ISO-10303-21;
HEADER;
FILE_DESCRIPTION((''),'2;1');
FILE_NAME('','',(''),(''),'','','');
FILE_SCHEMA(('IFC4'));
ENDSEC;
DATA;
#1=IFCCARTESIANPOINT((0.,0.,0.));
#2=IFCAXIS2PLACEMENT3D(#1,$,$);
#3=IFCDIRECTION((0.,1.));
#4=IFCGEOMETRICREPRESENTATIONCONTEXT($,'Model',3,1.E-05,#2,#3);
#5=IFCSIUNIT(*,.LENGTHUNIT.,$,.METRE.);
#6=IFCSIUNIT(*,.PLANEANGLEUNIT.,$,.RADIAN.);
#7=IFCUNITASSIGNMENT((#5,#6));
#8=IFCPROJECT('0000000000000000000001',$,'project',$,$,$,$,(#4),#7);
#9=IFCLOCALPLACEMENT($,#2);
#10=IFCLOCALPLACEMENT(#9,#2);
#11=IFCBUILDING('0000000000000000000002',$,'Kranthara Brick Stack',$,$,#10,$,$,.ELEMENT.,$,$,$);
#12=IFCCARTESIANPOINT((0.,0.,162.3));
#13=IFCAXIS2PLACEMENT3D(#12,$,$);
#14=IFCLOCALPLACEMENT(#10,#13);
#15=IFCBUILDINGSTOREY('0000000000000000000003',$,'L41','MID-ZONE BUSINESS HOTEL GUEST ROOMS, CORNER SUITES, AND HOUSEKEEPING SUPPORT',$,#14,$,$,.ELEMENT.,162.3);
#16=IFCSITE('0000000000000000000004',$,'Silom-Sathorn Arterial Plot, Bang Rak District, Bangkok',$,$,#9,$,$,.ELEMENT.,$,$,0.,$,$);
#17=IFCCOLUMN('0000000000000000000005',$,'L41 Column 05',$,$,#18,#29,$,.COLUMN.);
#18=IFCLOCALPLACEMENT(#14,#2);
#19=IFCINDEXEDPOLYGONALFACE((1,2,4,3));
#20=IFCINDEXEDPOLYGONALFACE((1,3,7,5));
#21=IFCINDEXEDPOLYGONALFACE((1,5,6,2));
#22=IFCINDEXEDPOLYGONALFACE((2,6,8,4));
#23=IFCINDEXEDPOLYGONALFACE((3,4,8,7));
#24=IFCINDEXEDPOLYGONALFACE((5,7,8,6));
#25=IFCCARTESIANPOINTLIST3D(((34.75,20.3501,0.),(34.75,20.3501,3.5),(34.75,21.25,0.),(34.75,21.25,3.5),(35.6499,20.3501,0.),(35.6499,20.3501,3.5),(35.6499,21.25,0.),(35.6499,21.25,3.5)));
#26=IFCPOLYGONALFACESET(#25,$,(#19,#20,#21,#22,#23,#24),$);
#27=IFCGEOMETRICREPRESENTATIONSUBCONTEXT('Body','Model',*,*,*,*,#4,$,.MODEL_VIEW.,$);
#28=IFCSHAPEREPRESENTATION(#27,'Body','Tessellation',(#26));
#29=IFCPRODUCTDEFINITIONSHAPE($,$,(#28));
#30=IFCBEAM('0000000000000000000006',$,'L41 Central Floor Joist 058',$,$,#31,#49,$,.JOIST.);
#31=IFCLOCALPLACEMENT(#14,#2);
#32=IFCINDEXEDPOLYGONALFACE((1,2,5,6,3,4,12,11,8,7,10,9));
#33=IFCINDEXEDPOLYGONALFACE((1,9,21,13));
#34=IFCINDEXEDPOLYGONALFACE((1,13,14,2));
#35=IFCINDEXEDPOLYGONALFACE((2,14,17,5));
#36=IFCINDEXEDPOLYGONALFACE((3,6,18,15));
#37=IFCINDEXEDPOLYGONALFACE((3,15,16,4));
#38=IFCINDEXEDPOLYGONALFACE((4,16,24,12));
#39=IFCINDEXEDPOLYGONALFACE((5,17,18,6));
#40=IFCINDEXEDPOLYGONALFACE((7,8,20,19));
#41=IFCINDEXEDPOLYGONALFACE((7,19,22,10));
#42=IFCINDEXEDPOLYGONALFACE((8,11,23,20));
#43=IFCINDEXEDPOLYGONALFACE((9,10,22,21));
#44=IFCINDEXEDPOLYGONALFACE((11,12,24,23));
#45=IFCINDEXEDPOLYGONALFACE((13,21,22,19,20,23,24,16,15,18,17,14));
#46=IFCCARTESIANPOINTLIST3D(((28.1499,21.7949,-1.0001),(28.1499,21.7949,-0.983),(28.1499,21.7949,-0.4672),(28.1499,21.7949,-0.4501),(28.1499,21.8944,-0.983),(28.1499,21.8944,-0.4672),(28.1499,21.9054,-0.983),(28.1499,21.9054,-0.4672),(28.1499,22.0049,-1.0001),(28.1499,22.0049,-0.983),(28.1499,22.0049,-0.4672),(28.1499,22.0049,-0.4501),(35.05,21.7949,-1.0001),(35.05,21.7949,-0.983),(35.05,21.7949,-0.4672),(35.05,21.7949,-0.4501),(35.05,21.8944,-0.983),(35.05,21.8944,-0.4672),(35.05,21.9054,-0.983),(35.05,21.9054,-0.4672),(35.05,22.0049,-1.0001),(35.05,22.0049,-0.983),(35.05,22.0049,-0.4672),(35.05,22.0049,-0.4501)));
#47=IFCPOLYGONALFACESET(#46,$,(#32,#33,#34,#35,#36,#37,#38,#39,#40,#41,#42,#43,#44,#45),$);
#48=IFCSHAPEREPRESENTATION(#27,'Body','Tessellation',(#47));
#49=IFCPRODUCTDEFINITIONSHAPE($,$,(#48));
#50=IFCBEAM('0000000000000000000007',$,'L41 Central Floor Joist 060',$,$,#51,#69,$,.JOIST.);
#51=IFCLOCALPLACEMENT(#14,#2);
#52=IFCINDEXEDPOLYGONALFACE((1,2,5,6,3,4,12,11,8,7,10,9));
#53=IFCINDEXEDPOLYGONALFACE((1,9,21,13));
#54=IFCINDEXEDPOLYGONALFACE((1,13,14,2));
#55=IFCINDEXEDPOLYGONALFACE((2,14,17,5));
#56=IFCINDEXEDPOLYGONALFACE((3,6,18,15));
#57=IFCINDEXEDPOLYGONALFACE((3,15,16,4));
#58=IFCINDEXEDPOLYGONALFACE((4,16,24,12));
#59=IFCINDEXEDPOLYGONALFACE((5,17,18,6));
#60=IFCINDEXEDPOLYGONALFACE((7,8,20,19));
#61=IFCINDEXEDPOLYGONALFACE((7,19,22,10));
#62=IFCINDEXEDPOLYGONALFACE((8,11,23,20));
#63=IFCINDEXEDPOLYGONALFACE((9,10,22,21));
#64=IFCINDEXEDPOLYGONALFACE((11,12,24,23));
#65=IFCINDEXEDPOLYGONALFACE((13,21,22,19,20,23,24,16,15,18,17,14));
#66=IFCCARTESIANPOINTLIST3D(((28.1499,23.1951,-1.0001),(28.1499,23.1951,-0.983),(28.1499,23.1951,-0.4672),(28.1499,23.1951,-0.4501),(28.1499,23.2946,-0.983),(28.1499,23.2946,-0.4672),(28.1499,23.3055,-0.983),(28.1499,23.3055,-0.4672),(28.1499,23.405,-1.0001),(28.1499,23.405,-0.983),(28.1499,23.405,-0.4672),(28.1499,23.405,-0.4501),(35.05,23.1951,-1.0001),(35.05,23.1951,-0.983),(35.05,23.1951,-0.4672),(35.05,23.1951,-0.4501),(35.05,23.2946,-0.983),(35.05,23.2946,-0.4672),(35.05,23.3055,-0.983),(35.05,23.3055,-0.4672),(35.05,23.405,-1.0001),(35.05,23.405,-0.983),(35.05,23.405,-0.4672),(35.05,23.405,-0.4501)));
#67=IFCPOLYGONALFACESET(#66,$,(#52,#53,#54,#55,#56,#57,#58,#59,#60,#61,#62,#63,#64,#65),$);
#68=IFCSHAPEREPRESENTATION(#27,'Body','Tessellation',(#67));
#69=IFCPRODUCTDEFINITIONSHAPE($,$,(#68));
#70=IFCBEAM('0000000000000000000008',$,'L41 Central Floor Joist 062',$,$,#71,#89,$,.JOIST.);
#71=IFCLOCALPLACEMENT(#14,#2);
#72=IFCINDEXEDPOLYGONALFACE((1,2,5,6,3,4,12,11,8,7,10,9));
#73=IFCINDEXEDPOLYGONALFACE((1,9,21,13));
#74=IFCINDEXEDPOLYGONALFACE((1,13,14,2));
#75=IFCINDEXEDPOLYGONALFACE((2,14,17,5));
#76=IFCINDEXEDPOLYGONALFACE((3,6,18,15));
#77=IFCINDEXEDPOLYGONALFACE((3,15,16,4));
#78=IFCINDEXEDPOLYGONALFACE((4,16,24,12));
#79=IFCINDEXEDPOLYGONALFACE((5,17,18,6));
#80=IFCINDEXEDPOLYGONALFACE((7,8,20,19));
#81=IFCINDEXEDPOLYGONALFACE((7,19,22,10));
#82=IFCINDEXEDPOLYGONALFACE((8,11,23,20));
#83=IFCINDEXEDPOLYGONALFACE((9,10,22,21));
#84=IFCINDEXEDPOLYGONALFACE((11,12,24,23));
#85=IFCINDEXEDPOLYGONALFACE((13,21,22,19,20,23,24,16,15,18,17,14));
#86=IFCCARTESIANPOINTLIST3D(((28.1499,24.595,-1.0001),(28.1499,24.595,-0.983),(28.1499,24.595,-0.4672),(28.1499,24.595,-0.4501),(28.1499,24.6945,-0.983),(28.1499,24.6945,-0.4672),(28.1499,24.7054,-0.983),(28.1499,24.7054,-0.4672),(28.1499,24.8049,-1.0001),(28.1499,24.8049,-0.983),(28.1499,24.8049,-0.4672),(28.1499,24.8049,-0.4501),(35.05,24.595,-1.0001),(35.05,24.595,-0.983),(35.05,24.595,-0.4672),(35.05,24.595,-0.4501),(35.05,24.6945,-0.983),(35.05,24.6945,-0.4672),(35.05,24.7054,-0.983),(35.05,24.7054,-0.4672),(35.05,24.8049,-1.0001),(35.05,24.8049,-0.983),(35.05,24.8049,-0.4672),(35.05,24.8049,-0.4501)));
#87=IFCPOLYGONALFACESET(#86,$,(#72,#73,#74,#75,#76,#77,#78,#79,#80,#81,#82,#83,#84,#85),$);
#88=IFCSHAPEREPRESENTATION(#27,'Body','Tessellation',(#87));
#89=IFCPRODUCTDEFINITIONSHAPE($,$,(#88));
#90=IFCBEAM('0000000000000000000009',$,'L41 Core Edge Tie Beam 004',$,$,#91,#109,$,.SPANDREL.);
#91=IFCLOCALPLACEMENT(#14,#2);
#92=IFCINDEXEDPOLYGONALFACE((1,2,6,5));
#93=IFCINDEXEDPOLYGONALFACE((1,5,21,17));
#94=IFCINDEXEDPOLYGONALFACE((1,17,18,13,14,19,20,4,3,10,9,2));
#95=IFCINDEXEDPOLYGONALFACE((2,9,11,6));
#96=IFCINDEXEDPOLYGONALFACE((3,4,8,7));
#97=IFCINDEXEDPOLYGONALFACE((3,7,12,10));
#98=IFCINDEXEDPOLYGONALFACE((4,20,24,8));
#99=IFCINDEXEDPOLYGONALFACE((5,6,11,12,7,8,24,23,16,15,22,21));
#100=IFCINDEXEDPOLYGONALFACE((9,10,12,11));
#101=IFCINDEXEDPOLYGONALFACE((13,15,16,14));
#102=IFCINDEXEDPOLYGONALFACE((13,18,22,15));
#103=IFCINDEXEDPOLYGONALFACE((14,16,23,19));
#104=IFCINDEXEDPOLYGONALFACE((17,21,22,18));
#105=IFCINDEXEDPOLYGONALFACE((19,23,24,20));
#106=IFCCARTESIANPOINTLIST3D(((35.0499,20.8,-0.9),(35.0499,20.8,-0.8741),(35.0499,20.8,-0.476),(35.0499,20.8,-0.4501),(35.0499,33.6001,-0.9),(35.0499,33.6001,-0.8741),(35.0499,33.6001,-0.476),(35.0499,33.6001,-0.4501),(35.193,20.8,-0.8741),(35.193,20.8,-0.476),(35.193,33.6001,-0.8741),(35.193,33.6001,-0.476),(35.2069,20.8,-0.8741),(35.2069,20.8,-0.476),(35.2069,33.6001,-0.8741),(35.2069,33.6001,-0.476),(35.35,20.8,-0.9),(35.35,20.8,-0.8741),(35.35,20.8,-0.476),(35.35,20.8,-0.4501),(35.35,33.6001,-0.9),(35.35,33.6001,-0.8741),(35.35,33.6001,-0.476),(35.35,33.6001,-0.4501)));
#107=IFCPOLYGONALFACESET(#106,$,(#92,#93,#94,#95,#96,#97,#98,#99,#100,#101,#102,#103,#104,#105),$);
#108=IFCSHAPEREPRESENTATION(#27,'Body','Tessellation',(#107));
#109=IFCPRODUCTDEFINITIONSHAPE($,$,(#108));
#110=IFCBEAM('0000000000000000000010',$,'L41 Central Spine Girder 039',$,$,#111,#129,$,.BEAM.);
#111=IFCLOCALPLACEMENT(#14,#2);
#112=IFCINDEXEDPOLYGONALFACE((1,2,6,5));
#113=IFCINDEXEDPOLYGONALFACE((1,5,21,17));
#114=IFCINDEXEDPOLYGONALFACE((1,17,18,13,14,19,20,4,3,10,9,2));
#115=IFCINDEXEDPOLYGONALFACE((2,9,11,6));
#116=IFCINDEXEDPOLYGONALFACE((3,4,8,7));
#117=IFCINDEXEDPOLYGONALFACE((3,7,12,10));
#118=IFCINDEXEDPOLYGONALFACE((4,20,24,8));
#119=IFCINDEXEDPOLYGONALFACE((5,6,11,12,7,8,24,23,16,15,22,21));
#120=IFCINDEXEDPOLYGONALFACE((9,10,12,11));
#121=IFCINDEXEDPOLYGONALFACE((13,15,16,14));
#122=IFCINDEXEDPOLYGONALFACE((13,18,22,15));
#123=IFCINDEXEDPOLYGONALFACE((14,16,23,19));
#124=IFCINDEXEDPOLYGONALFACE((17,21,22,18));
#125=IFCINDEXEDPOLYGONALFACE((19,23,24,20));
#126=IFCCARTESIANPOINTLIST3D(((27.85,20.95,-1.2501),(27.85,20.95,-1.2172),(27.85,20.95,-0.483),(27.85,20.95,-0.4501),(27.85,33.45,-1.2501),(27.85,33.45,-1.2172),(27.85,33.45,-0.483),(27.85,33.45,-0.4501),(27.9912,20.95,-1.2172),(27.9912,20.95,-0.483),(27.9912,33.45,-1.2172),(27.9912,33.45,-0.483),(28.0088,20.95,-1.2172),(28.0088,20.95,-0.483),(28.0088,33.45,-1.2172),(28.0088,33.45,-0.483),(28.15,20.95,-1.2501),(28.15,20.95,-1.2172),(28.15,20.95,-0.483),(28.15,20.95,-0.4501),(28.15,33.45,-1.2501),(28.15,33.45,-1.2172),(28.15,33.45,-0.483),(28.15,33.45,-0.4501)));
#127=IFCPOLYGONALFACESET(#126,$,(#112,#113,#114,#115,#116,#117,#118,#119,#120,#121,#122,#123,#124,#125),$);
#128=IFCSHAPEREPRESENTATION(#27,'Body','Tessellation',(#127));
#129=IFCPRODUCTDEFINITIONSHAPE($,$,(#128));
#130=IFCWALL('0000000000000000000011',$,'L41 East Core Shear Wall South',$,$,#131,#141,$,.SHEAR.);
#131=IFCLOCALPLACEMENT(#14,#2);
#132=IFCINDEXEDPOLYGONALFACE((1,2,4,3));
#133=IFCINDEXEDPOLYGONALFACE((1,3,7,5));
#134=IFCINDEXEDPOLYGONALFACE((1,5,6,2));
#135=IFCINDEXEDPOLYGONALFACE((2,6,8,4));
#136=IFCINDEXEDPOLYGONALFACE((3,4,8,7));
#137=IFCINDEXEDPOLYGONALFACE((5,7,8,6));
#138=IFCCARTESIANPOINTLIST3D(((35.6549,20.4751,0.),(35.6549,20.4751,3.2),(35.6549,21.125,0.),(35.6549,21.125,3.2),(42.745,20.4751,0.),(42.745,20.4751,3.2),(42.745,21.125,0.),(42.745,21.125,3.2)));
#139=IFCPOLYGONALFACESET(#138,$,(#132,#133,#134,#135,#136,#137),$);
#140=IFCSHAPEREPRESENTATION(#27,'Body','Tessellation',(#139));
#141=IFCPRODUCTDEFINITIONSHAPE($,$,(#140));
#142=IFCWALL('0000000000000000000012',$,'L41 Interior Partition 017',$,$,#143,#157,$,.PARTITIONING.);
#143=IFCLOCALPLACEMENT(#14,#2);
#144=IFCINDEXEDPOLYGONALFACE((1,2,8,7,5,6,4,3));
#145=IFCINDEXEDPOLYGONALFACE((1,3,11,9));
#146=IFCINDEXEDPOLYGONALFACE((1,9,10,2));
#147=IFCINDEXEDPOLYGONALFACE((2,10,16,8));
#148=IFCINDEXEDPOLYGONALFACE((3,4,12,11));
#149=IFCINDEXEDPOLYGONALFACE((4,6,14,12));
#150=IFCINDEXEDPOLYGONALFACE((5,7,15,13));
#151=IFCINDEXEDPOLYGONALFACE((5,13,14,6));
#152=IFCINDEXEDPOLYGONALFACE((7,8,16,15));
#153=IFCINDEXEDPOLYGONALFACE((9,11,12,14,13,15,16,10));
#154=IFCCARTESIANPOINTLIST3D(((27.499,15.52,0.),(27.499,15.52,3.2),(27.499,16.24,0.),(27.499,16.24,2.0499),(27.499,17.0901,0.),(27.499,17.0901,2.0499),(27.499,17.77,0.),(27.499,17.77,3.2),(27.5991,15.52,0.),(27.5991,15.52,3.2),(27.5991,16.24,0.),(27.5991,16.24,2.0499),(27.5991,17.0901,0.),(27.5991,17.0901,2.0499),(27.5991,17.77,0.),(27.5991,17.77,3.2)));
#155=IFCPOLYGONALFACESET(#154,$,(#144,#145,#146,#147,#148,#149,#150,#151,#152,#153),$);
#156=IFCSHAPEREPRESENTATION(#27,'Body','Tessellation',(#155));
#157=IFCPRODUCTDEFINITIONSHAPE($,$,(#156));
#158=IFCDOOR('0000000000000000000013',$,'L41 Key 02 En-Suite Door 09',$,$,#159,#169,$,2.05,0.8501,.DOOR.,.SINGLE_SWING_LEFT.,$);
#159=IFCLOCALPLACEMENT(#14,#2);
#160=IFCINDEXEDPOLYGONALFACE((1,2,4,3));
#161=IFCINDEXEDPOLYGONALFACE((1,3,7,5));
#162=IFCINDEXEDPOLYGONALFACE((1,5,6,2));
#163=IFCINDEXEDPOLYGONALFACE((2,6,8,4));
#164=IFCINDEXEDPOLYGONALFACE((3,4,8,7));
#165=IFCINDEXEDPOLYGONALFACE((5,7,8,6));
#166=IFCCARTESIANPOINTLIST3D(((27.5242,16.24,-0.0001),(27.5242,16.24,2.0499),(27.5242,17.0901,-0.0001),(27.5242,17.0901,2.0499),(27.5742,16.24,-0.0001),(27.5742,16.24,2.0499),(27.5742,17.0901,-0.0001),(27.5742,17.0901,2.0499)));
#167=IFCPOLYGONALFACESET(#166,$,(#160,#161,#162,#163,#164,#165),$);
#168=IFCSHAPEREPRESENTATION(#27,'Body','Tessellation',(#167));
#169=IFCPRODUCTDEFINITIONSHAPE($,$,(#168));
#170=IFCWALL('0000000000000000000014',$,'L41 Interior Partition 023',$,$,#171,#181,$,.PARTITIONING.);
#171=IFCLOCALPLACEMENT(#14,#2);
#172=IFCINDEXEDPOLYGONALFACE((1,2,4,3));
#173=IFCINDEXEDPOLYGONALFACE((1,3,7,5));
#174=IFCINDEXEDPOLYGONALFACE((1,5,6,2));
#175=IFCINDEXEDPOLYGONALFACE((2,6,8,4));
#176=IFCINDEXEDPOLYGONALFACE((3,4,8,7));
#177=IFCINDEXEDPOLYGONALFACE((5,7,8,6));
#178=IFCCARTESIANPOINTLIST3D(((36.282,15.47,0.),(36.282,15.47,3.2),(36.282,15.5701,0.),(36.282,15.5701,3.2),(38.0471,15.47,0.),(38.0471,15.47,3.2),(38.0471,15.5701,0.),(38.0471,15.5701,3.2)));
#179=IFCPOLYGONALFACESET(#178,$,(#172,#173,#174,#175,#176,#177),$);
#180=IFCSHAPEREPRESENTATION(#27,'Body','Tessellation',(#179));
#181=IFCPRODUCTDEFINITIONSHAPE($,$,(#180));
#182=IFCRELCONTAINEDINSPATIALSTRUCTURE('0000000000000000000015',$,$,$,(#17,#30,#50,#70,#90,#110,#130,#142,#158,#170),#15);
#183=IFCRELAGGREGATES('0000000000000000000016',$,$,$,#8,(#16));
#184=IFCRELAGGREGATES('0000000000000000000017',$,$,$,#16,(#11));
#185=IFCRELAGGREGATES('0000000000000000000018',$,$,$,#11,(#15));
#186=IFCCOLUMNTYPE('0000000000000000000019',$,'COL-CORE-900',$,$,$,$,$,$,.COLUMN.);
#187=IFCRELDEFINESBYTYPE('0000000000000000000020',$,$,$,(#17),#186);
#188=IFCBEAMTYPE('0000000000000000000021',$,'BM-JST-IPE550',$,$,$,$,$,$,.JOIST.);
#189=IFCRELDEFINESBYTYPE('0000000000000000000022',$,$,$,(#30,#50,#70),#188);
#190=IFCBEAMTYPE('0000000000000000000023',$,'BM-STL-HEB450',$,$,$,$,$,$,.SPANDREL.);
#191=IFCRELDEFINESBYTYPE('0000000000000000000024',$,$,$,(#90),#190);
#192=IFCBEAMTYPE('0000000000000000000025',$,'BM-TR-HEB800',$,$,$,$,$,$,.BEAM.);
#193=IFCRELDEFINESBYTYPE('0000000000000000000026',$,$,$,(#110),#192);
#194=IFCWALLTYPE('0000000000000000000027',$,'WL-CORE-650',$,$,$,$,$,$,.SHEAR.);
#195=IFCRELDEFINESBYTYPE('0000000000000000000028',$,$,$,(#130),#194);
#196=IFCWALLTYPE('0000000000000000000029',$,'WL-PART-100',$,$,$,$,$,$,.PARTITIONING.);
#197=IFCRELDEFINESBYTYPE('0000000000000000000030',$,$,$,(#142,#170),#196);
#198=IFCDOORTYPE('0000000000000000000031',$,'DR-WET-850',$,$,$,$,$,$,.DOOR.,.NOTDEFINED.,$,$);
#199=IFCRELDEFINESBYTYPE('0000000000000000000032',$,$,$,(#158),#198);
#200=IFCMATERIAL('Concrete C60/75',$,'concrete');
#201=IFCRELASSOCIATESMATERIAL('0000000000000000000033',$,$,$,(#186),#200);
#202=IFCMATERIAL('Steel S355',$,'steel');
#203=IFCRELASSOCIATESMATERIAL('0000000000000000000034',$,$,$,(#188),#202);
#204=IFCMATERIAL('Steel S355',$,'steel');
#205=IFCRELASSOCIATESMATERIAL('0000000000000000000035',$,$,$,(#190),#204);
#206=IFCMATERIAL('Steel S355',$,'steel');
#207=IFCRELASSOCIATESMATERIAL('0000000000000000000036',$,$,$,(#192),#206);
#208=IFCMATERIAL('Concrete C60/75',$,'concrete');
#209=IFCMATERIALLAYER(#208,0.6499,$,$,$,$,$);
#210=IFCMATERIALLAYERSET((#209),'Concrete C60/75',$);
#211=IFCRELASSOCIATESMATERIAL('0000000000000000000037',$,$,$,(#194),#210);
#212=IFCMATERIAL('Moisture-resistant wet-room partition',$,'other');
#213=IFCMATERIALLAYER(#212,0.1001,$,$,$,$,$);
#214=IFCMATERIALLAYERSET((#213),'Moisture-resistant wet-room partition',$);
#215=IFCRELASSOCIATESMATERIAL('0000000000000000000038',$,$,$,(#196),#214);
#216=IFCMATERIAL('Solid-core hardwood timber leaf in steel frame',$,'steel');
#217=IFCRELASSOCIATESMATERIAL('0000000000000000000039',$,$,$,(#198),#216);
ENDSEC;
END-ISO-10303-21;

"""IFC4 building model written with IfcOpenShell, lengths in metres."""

from ifc_helpers import new_model, si_unit, direction, frame, frame_2d, origin, origin_2d, place, context, subcontext, project, spatial, rectangle, i_section, extrude, material, layer, layer_set, material_profile, profile_set, type_object, element, fill, save


model = new_model("IFC4")

# Units and contexts
model_context = context("Model", 3, precision=1e-05, world=origin(), true_north=direction((0.0, 1.0)))
body_context = subcontext(model_context, "Body", "Model", "MODEL_VIEW")
ifc_project = project(units=[si_unit("LENGTHUNIT", "METRE"), si_unit("PLANEANGLEUNIT", "RADIAN")], contexts=[model_context])

# Site, building, storey
site_placement = place(None, origin())
site = spatial("IfcSite", under=ifc_project, at=site_placement, Name="Silom-Sathorn Arterial Plot, Bang Rak District, Bangkok", CompositionType="ELEMENT", RefElevation=0.0)
building_placement = place(site_placement, origin())
building = spatial("IfcBuilding", under=site, at=building_placement, Name="Kranthara Brick Stack", CompositionType="ELEMENT")
storey_placement = place(building_placement, frame((0.0, 0.0, 162.3)))
storey = spatial("IfcBuildingStorey", under=building, at=storey_placement, Name="L41", Description="MID-ZONE BUSINESS HOTEL GUEST ROOMS, CORNER SUITES, AND HOUSEKEEPING SUPPORT", CompositionType="ELEMENT", Elevation=162.3)

# Column
ifc_material_1 = material(Name="Concrete C60/75", Category="concrete")
ifc_material_profile_1 = material_profile(ifc_material_1, rectangle(XDim=0.8999, YDim=0.8999, at=origin_2d()), Name="RC 900x900")
ifc_profile_set_1 = profile_set([ifc_material_profile_1], Name="Concrete C60/75")
column_type = type_object("IfcColumnType", Name="COL-CORE-900", PredefinedType="COLUMN", material=ifc_profile_set_1)
column_placement = place(storey_placement, frame((35.2, 20.8, 0.0), z_axis=(0.0, 0.0, 1.0), x_axis=(1.0, 0.0, 0.0)))
element("IfcColumn", 1, at=column_placement, inside=storey, type_object=column_type, Name="L41 Column 05", PredefinedType="COLUMN", context=body_context, shape_type="SweptSolid", body=[
    extrude(rectangle(XDim=0.8999, YDim=0.8999, at=origin_2d()), origin(), (0.0, 0.0, 1.0), 3.5),
])

# Beams
ifc_material_2 = material(Name="Steel S355", Category="steel")
ifc_material_profile_2 = material_profile(ifc_material_2, i_section(OverallWidth=0.21, OverallDepth=0.55, WebThickness=0.011, FlangeThickness=0.0171, at=origin_2d()), Name="IPE 550")
ifc_profile_set_2 = profile_set([ifc_material_profile_2], Name="Steel S355")
beam_type_1 = type_object("IfcBeamType", Name="BM-JST-IPE550", PredefinedType="JOIST", material=ifc_profile_set_2)
for number, where, z_axis, x_axis, name in (
    (2, (28.1499, 21.8999, -0.7251), (1.0, 0.0, 0.0), (0.0, 1.0, 0.0), "L41 Central Floor Joist 058"),
    (3, (28.1499, 23.3, -0.7251), (1.0, 0.0, 0.0), (0.0, 1.0, 0.0), "L41 Central Floor Joist 060"),
    (4, (28.1499, 24.7, -0.7251), (1.0, 0.0, 0.0), (0.0, 1.0, 0.0), "L41 Central Floor Joist 062"),
):
    element("IfcBeam", number, at=place(storey_placement, frame(where, z_axis=z_axis, x_axis=x_axis)), inside=storey, type_object=beam_type_1, Name=name, PredefinedType="JOIST", context=body_context, shape_type="SweptSolid", body=[
        extrude(i_section(OverallWidth=0.21, OverallDepth=0.55, WebThickness=0.011, FlangeThickness=0.0171, at=origin_2d()), origin(), (0.0, 0.0, 1.0), 6.9001),
    ])
ifc_material_3 = material(Name="Steel S355", Category="steel")
ifc_material_profile_3 = material_profile(ifc_material_3, i_section(OverallWidth=0.3, OverallDepth=0.45, WebThickness=0.0139, FlangeThickness=0.0259, at=origin_2d()), Name="HEB 450")
ifc_profile_set_3 = profile_set([ifc_material_profile_3], Name="Steel S355")
beam_type_2 = type_object("IfcBeamType", Name="BM-STL-HEB450", PredefinedType="SPANDREL", material=ifc_profile_set_3)
beam_1_placement = place(storey_placement, frame((35.2, 20.8, -0.675), z_axis=(0.0, 1.0, 0.0), x_axis=(-1.0, 0.0, 0.0)))
element("IfcBeam", 5, at=beam_1_placement, inside=storey, type_object=beam_type_2, Name="L41 Core Edge Tie Beam 004", PredefinedType="SPANDREL", context=body_context, shape_type="SweptSolid", body=[
    extrude(i_section(OverallWidth=0.3, OverallDepth=0.45, WebThickness=0.0139, FlangeThickness=0.0259, at=origin_2d()), origin(), (0.0, 0.0, 1.0), 12.8),
])
ifc_material_4 = material(Name="Steel S355", Category="steel")
ifc_material_profile_4 = material_profile(ifc_material_4, i_section(OverallWidth=0.3, OverallDepth=0.8, WebThickness=0.0176, FlangeThickness=0.033, at=origin_2d()), Name="HEB 800")
ifc_profile_set_4 = profile_set([ifc_material_profile_4], Name="Steel S355")
beam_type_3 = type_object("IfcBeamType", Name="BM-TR-HEB800", PredefinedType="BEAM", material=ifc_profile_set_4)
beam_2_placement = place(storey_placement, frame((28.0, 20.95, -0.8501), z_axis=(0.0, 1.0, 0.0), x_axis=(-1.0, 0.0, 0.0)))
element("IfcBeam", 6, at=beam_2_placement, inside=storey, type_object=beam_type_3, Name="L41 Central Spine Girder 039", PredefinedType="BEAM", context=body_context, shape_type="SweptSolid", body=[
    extrude(i_section(OverallWidth=0.3, OverallDepth=0.8, WebThickness=0.0176, FlangeThickness=0.033, at=origin_2d()), origin(), (0.0, 0.0, 1.0), 12.5),
])

# Wall
ifc_material_5 = material(Name="Concrete C60/75", Category="concrete")
ifc_layer_1 = layer(ifc_material_5, 0.6499)
ifc_layer_set_1 = layer_set([ifc_layer_1], Name="Concrete C60/75")
wall_type_1 = type_object("IfcWallType", Name="WL-CORE-650", PredefinedType="SHEAR", material=ifc_layer_set_1)
wall_1_placement = place(storey_placement, frame((35.655, 20.8, 0.0), z_axis=(0.0, 0.0, 1.0), x_axis=(1.0, 0.0, 0.0)))
element("IfcWall", 7, at=wall_1_placement, inside=storey, type_object=wall_type_1, Name="L41 East Core Shear Wall South", PredefinedType="SHEAR", context=body_context, shape_type="SweptSolid", body=[
    extrude(rectangle(XDim=7.0901, YDim=0.6499, at=frame_2d((3.5449, 0.0))), origin(), (0.0, 0.0, 1.0), 3.2),
])

# Wall, opening, door
ifc_material_6 = material(Name="Moisture-resistant wet-room partition", Category="other")
ifc_layer_2 = layer(ifc_material_6, 0.1001)
ifc_layer_set_2 = layer_set([ifc_layer_2], Name="Moisture-resistant wet-room partition")
wall_type_2 = type_object("IfcWallType", Name="WL-PART-100", PredefinedType="PARTITIONING", material=ifc_layer_set_2)
wall_2_placement = place(storey_placement, frame((27.5491, 15.52, 0.0), z_axis=(0.0, 0.0, 1.0), x_axis=(0.0, 1.0, 0.0)))
wall_2 = element("IfcWall", 8, at=wall_2_placement, inside=storey, type_object=wall_type_2, Name="L41 Interior Partition 017", PredefinedType="PARTITIONING", context=body_context, shape_type="SweptSolid", body=[
    extrude(rectangle(XDim=2.25, YDim=0.1001, at=frame_2d((1.125, 0.0))), origin(), (0.0, 0.0, 1.0), 3.2),
])
opening_1_placement = place(wall_2_placement, frame((0.72, 0.0, 0.0)))
opening_1 = element("IfcOpeningElement", 9, at=opening_1_placement, cuts=wall_2, PredefinedType="OPENING", context=body_context, shape_type="SweptSolid", body=[
    extrude(rectangle(XDim=0.8501, YDim=2.05, at=frame_2d((0.425, 1.0249))), frame((0.0, 0.0601, 0.0), z_axis=(0.0, -1.0, 0.0), x_axis=(1.0, 0.0, 0.0)), (0.0, 0.0, 1.0), 0.1201),
])
ifc_material_7 = material(Name="Solid-core hardwood timber leaf in steel frame", Category="steel")
door_type_1 = type_object("IfcDoorType", Name="DR-WET-850", OperationType="NOTDEFINED", PredefinedType="DOOR", material=ifc_material_7)
door_1_placement = place(opening_1_placement, origin())
door_1 = element("IfcDoor", 10, at=door_1_placement, inside=storey, type_object=door_type_1, Name="L41 Key 02 En-Suite Door 09", OperationType="SINGLE_SWING_LEFT", OverallHeight=2.05, OverallWidth=0.8501, PredefinedType="DOOR", context=body_context, shape_type="SweptSolid", body=[
    extrude(rectangle(XDim=0.8501, YDim=2.05, at=frame_2d((0.425, 1.0249))), frame((0.0, 0.0249, 0.0), z_axis=(0.0, -1.0, 0.0), x_axis=(1.0, 0.0, 0.0)), (0.0, 0.0, 1.0), 0.05),
])
fill(opening_1, door_1)

# Wall
wall_3_placement = place(storey_placement, frame((36.282, 15.52, 0.0), z_axis=(0.0, 0.0, 1.0), x_axis=(1.0, 0.0, 0.0)))
element("IfcWall", 11, at=wall_3_placement, inside=storey, type_object=wall_type_2, Name="L41 Interior Partition 023", PredefinedType="PARTITIONING", context=body_context, shape_type="SweptSolid", body=[
    extrude(rectangle(XDim=1.7651, YDim=0.1001, at=frame_2d((0.8826, 0.0))), origin(), (0.0, 0.0, 1.0), 3.2),
])

save(model, "model.ifc")
